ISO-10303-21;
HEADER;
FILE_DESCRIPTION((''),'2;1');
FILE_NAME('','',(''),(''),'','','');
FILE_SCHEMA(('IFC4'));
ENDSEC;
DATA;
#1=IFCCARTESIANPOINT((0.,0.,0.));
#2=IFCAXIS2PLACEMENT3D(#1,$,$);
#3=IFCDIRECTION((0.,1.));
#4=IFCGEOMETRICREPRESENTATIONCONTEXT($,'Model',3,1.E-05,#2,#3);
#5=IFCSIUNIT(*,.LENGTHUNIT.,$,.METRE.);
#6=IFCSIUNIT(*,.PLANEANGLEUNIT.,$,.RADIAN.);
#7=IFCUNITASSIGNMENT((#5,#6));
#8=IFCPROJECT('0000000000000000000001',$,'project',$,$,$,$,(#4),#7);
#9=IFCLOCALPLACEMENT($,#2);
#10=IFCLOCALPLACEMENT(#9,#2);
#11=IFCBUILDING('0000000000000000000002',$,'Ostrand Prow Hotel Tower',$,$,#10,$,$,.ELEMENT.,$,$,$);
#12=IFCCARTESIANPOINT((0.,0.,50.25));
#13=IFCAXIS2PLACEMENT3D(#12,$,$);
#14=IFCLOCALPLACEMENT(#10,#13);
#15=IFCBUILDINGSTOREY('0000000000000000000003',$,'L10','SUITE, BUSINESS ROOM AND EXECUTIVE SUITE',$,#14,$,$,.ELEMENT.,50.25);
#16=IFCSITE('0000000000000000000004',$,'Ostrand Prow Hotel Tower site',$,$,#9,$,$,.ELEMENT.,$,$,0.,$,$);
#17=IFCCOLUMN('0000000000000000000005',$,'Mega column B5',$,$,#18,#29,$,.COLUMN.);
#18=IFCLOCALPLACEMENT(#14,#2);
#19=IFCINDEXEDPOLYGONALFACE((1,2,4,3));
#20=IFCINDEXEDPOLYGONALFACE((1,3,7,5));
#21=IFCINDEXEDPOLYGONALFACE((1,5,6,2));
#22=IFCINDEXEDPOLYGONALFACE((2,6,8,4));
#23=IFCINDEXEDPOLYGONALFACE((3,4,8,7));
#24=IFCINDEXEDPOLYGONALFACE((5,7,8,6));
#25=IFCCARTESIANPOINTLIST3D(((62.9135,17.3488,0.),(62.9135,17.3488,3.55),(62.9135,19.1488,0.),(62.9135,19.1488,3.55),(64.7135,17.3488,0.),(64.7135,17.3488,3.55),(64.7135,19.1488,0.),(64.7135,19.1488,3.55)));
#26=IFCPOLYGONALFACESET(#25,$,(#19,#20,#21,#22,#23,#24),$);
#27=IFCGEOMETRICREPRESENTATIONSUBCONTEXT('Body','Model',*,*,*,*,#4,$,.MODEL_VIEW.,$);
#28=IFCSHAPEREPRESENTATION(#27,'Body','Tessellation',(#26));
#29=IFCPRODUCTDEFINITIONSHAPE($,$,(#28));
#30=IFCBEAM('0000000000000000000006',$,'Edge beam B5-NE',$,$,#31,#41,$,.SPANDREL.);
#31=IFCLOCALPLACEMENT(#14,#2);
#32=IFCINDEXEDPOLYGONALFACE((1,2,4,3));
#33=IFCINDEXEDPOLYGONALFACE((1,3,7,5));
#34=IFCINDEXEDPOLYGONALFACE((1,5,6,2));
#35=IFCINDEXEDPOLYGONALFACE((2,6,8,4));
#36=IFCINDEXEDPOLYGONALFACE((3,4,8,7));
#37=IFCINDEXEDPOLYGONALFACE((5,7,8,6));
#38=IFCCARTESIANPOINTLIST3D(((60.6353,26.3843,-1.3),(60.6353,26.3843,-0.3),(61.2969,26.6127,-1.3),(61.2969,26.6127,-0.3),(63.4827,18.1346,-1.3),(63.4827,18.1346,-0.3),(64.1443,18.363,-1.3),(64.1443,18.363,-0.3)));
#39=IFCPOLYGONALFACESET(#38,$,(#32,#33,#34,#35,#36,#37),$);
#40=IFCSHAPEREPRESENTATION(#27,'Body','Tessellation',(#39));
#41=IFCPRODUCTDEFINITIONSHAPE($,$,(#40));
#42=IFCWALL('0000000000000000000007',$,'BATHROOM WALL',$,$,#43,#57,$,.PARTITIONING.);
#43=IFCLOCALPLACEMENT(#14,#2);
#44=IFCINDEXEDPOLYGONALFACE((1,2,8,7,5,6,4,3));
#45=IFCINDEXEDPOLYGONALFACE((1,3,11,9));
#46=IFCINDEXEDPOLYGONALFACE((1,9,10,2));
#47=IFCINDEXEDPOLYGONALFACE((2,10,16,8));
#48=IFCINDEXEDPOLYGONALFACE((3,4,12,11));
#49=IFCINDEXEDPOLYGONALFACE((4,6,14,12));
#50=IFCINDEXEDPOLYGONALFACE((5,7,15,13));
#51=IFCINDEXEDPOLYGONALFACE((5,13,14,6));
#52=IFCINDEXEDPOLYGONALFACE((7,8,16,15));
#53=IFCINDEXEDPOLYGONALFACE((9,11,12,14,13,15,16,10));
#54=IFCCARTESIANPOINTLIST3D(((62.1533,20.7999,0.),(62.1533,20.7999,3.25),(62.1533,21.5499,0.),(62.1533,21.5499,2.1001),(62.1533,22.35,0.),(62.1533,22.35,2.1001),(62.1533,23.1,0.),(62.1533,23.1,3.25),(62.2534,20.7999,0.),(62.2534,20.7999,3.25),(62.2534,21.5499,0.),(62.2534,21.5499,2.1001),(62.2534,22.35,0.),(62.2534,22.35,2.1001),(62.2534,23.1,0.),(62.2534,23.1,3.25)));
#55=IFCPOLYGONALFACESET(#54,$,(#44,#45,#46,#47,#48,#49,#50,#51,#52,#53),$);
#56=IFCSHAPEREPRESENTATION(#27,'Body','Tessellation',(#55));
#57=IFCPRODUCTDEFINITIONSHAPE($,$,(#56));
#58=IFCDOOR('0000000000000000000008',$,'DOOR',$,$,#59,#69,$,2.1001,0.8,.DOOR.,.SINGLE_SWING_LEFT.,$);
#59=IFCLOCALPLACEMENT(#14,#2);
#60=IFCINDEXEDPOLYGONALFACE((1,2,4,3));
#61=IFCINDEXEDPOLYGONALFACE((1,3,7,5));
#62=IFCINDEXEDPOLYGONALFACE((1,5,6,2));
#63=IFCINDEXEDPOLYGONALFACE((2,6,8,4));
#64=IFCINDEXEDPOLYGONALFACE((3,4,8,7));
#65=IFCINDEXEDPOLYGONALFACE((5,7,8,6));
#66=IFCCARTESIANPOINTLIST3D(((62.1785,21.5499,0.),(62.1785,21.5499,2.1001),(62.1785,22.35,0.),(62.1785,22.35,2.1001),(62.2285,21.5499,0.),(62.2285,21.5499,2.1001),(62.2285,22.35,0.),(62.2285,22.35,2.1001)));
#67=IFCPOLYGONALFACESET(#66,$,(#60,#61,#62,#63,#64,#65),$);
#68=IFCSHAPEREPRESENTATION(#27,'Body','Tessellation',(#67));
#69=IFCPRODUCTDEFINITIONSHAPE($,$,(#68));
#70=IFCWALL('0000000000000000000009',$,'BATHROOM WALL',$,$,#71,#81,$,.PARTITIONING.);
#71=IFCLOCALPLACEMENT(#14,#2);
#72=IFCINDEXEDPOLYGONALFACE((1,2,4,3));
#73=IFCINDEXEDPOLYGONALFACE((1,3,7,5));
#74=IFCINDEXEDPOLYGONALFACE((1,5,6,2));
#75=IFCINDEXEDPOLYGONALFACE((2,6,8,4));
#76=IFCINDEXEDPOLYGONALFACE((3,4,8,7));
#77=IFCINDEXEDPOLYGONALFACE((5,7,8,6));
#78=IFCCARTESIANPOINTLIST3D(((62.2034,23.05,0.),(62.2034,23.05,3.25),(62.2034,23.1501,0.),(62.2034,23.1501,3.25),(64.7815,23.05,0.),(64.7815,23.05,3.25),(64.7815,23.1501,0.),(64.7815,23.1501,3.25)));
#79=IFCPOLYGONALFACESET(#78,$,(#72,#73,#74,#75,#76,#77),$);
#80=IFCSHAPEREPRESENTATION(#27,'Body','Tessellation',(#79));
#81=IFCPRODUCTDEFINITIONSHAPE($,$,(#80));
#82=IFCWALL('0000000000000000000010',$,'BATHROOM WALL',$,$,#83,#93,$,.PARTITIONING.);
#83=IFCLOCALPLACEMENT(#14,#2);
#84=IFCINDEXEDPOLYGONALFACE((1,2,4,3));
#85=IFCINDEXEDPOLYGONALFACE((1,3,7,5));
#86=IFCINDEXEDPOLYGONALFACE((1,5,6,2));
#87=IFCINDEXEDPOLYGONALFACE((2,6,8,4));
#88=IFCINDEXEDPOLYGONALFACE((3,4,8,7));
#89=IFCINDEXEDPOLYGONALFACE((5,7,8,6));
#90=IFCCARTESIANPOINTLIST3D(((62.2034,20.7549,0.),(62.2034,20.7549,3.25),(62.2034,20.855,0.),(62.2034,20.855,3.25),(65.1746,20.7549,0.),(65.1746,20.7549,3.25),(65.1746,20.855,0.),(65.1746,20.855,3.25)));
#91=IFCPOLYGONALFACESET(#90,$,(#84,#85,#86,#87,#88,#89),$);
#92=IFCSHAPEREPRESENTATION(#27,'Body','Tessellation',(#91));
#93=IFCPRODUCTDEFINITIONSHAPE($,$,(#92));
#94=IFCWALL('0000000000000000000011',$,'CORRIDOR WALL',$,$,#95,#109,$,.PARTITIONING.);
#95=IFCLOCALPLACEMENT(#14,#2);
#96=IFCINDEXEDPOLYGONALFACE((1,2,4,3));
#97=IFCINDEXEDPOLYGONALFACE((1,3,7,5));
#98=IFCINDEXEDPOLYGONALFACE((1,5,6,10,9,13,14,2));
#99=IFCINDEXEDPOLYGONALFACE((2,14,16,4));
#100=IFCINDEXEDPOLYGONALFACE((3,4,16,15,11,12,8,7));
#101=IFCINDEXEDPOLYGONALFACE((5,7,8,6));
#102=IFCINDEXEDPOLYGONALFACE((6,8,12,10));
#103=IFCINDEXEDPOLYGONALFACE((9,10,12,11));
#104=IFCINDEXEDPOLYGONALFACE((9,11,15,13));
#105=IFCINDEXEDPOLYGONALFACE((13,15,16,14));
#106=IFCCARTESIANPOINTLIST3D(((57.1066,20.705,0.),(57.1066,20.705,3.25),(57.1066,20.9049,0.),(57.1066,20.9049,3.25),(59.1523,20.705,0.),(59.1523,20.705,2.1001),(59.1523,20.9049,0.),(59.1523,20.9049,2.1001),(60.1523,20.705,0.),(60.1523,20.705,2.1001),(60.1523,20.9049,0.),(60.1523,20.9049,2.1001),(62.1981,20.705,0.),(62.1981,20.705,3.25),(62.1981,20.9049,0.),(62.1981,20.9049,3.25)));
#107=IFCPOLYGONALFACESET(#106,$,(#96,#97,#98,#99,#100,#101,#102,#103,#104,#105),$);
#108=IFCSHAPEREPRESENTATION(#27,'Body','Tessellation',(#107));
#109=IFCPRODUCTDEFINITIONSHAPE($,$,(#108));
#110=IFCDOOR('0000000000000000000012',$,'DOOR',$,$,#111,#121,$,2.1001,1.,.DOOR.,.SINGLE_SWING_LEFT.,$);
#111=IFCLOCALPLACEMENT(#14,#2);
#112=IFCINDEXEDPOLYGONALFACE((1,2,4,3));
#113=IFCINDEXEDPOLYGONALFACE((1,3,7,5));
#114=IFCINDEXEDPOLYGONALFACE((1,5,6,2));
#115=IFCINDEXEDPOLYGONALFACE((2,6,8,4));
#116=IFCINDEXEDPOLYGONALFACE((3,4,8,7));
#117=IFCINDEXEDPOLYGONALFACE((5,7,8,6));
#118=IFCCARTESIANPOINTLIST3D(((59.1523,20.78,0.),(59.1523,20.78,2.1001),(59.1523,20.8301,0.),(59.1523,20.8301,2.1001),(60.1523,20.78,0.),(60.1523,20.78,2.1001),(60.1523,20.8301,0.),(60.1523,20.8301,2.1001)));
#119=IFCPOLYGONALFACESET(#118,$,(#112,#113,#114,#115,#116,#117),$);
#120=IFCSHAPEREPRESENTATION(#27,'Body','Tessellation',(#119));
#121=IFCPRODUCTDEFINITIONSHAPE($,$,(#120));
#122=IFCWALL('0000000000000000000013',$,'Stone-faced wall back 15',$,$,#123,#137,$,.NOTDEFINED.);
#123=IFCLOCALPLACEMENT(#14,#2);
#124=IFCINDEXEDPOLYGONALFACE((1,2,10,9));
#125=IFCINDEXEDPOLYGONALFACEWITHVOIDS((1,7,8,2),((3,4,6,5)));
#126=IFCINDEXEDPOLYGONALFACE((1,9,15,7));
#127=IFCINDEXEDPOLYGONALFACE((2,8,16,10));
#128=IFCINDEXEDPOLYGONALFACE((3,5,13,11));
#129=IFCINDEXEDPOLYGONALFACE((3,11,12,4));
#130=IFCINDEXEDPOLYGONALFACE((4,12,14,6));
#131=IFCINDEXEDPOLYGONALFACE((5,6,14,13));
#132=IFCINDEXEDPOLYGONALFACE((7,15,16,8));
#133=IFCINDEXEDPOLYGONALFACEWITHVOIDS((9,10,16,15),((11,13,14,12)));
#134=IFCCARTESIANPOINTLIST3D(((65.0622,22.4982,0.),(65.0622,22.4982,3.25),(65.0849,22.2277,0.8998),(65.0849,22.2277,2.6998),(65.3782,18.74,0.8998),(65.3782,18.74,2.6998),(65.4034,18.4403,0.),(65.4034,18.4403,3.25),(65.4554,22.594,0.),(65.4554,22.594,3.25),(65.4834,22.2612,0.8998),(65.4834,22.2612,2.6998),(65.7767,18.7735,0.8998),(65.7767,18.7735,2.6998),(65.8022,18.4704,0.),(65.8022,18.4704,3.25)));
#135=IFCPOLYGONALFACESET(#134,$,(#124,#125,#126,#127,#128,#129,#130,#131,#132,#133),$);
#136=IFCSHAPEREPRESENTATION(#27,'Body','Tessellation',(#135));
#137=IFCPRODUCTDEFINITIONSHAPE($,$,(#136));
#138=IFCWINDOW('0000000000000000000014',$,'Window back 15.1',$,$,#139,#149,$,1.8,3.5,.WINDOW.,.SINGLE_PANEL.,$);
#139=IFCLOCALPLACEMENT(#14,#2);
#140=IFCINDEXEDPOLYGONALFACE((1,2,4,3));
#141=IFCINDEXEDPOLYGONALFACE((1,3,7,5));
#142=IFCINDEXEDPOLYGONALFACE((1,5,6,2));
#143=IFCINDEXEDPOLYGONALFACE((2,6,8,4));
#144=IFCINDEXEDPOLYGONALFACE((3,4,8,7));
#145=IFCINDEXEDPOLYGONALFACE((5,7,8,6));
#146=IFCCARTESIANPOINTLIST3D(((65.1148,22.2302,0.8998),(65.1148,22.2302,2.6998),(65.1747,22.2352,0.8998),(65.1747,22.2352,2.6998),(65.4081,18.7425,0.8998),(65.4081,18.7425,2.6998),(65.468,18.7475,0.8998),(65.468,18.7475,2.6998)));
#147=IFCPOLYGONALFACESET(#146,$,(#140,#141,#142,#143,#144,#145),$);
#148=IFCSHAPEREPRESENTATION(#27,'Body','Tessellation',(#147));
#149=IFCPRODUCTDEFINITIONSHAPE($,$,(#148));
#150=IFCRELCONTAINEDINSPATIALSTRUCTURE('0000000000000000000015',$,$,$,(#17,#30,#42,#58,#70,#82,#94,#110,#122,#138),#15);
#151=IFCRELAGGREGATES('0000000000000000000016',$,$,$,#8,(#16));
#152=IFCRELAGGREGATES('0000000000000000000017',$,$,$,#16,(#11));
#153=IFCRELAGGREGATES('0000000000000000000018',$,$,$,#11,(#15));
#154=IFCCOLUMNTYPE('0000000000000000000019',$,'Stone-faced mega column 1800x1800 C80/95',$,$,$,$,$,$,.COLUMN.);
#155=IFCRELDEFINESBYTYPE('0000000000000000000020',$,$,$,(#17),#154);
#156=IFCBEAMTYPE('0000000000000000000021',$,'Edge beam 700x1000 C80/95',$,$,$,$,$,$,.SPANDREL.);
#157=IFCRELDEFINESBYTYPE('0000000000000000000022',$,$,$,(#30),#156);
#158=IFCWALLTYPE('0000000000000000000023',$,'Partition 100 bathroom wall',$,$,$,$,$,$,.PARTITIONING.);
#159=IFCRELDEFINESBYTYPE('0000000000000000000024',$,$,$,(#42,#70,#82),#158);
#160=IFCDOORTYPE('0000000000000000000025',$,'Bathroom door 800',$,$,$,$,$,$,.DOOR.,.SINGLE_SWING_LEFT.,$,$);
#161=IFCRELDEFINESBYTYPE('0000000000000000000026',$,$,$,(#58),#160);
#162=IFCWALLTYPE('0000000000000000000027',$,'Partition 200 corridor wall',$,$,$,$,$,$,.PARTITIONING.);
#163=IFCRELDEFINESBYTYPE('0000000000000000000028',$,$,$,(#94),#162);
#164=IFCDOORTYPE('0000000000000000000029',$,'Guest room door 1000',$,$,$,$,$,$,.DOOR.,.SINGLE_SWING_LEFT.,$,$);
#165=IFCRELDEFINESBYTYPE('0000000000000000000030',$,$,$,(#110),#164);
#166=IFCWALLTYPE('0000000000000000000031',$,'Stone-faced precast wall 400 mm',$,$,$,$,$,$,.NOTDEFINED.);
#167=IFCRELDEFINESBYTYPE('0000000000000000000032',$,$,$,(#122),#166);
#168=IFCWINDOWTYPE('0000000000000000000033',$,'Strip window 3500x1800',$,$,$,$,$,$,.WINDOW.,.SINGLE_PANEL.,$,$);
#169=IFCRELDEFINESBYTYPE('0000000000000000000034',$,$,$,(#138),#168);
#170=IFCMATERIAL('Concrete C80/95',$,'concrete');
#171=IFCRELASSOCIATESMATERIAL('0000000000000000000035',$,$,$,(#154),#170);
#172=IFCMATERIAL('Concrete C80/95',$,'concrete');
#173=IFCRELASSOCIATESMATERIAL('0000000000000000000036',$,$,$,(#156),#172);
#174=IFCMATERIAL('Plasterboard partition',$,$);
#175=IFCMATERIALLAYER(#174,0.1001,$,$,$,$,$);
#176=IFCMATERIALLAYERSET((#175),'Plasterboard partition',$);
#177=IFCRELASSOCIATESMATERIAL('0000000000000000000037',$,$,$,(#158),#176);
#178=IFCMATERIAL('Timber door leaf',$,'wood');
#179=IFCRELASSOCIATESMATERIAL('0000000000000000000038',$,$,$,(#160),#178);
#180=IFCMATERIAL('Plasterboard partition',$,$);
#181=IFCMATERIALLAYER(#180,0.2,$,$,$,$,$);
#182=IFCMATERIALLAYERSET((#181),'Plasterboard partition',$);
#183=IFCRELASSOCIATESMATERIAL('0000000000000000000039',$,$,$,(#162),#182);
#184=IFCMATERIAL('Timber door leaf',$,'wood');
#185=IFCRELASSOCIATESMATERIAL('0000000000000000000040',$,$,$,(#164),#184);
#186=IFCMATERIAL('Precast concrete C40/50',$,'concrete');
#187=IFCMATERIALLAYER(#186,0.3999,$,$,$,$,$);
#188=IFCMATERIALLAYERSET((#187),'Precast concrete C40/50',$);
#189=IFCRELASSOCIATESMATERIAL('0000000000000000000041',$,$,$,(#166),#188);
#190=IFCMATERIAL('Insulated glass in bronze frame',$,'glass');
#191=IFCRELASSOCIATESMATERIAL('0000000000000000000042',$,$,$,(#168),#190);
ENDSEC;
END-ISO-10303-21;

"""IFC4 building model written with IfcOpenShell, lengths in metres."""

from ifc_helpers import new_model, si_unit, direction, frame, frame_2d, origin, origin_2d, place, context, subcontext, project, spatial, polyline, rectangle, outline, extrude, material, layer, layer_set, material_profile, profile_set, type_object, element, fill, save


model = new_model("IFC4")

# Units and contexts
model_context = context("Model", 3, precision=1e-05, world=origin(), true_north=direction((0.0, 1.0)))
body_context = subcontext(model_context, "Body", "Model", "MODEL_VIEW")
ifc_project = project(units=[si_unit("LENGTHUNIT", "METRE"), si_unit("PLANEANGLEUNIT", "RADIAN")], contexts=[model_context])

# Site, building, storey
site_placement = place(None, origin())
site = spatial("IfcSite", under=ifc_project, at=site_placement, Name="Ostrand Prow Hotel Tower site", CompositionType="ELEMENT", RefElevation=0.0)
building_placement = place(site_placement, origin())
building = spatial("IfcBuilding", under=site, at=building_placement, Name="Ostrand Prow Hotel Tower", CompositionType="ELEMENT")
storey_placement = place(building_placement, frame((0.0, 0.0, 50.25)))
storey = spatial("IfcBuildingStorey", under=building, at=storey_placement, Name="L10", Description="SUITE, BUSINESS ROOM AND EXECUTIVE SUITE", CompositionType="ELEMENT", Elevation=50.25)

# Column
ifc_material_1 = material(Name="Concrete C80/95", Category="concrete")
ifc_material_profile_1 = material_profile(ifc_material_1, rectangle(XDim=1.8, YDim=1.8, at=origin_2d()), Name="RC 1800x1800")
ifc_profile_set_1 = profile_set([ifc_material_profile_1], Name="Concrete C80/95")
column_type = type_object("IfcColumnType", Name="Stone-faced mega column 1800x1800 C80/95", PredefinedType="COLUMN", material=ifc_profile_set_1)
column_placement = place(storey_placement, frame((63.8135, 18.2488, 0.0), z_axis=(0.0, 0.0, 1.0), x_axis=(1.0, 0.0, 0.0)))
element("IfcColumn", 1, at=column_placement, inside=storey, type_object=column_type, Name="Mega column B5", PredefinedType="COLUMN", context=body_context, shape_type="SweptSolid", body=[
    extrude(rectangle(XDim=1.8, YDim=1.8, at=origin_2d()), origin(), (0.0, 0.0, 1.0), 3.55),
])

# Beam
ifc_material_2 = material(Name="Concrete C80/95", Category="concrete")
ifc_material_profile_2 = material_profile(ifc_material_2, rectangle(XDim=0.7, YDim=1.0, at=origin_2d()), Name="RC 700x1000")
ifc_profile_set_2 = profile_set([ifc_material_profile_2], Name="Concrete C80/95")
beam_type = type_object("IfcBeamType", Name="Edge beam 700x1000 C80/95", PredefinedType="SPANDREL", material=ifc_profile_set_2)
beam_placement = place(storey_placement, frame((63.8135, 18.2488, -0.8), z_axis=(-0.326264, 0.945279, 0.0), x_axis=(-0.945279, -0.326264, 0.0)))
element("IfcBeam", 2, at=beam_placement, inside=storey, type_object=beam_type, Name="Edge beam B5-NE", PredefinedType="SPANDREL", context=body_context, shape_type="SweptSolid", body=[
    extrude(rectangle(XDim=0.7, YDim=1.0, at=origin_2d()), origin(), (0.0, 0.0, 1.0), 8.7273),
])

# Wall, opening, door
ifc_material_3 = material(Name="Plasterboard partition")
ifc_layer_1 = layer(ifc_material_3, 0.1001)
ifc_layer_set_1 = layer_set([ifc_layer_1], Name="Plasterboard partition")
wall_type_1 = type_object("IfcWallType", Name="Partition 100 bathroom wall", PredefinedType="PARTITIONING", material=ifc_layer_set_1)
wall_1_placement = place(storey_placement, frame((62.2034, 20.8, 0.0), z_axis=(0.0, 0.0, 1.0), x_axis=(0.0, 1.0, 0.0)))
wall_1 = element("IfcWall", 3, at=wall_1_placement, inside=storey, type_object=wall_type_1, Name="BATHROOM WALL", PredefinedType="PARTITIONING", context=body_context, shape_type="SweptSolid", body=[
    extrude(rectangle(XDim=2.3, YDim=0.1001, at=frame_2d((1.1499, 0.0))), origin(), (0.0, 0.0, 1.0), 3.25),
])
opening_1_placement = place(wall_1_placement, frame((0.75, 0.0, 0.0)))
opening_1 = element("IfcOpeningElement", 4, at=opening_1_placement, cuts=wall_1, PredefinedType="OPENING", context=body_context, shape_type="SweptSolid", body=[
    extrude(rectangle(XDim=0.8, YDim=2.1001, at=frame_2d((0.3999, 1.05))), frame((0.0, 0.0601, 0.0), z_axis=(0.0, -1.0, 0.0), x_axis=(1.0, 0.0, 0.0)), (0.0, 0.0, 1.0), 0.1201),
])
ifc_material_4 = material(Name="Timber door leaf", Category="wood")
door_type_1 = type_object("IfcDoorType", Name="Bathroom door 800", OperationType="SINGLE_SWING_LEFT", PredefinedType="DOOR", material=ifc_material_4)
door_1_placement = place(opening_1_placement, origin())
door_1 = element("IfcDoor", 5, at=door_1_placement, inside=storey, type_object=door_type_1, Name="DOOR", OperationType="SINGLE_SWING_LEFT", OverallHeight=2.1001, OverallWidth=0.8, PredefinedType="DOOR", context=body_context, shape_type="SweptSolid", body=[
    extrude(rectangle(XDim=0.8, YDim=2.1001, at=frame_2d((0.3999, 1.05))), frame((0.0, 0.0249, 0.0), z_axis=(0.0, -1.0, 0.0), x_axis=(1.0, 0.0, 0.0)), (0.0, 0.0, 1.0), 0.05),
])
fill(opening_1, door_1)

# Walls
wall_2_placement = place(storey_placement, frame((62.2034, 23.1001, 0.0), z_axis=(0.0, 0.0, 1.0), x_axis=(1.0, 0.0, 0.0)))
element("IfcWall", 6, at=wall_2_placement, inside=storey, type_object=wall_type_1, Name="BATHROOM WALL", PredefinedType="PARTITIONING", context=body_context, shape_type="SweptSolid", body=[
    extrude(rectangle(XDim=2.5781, YDim=0.1001, at=frame_2d((1.2891, 0.0))), origin(), (0.0, 0.0, 1.0), 3.25),
])
wall_3_placement = place(storey_placement, frame((65.1746, 20.8049, 0.0), z_axis=(0.0, 0.0, 1.0), x_axis=(-1.0, 0.0, 0.0)))
element("IfcWall", 7, at=wall_3_placement, inside=storey, type_object=wall_type_1, Name="BATHROOM WALL", PredefinedType="PARTITIONING", context=body_context, shape_type="SweptSolid", body=[
    extrude(rectangle(XDim=2.9712, YDim=0.1001, at=frame_2d((1.4856, 0.0))), origin(), (0.0, 0.0, 1.0), 3.25),
])

# Wall, opening, door
ifc_material_5 = material(Name="Plasterboard partition")
ifc_layer_2 = layer(ifc_material_5, 0.2)
ifc_layer_set_2 = layer_set([ifc_layer_2], Name="Plasterboard partition")
wall_type_2 = type_object("IfcWallType", Name="Partition 200 corridor wall", PredefinedType="PARTITIONING", material=ifc_layer_set_2)
wall_4_placement = place(storey_placement, frame((62.1982, 20.8049, 0.0), z_axis=(0.0, 0.0, 1.0), x_axis=(-1.0, 0.0, 0.0)))
wall_4 = element("IfcWall", 8, at=wall_4_placement, inside=storey, type_object=wall_type_2, Name="CORRIDOR WALL", PredefinedType="PARTITIONING", context=body_context, shape_type="SweptSolid", body=[
    extrude(rectangle(XDim=5.0916, YDim=0.2, at=frame_2d((2.5459, 0.0))), origin(), (0.0, 0.0, 1.0), 3.25),
])
opening_2_placement = place(wall_4_placement, frame((2.0459, 0.0, 0.0)))
opening_2 = element("IfcOpeningElement", 9, at=opening_2_placement, cuts=wall_4, PredefinedType="OPENING", context=body_context, shape_type="SweptSolid", body=[
    extrude(rectangle(XDim=1.0, YDim=2.1001, at=frame_2d((0.5, 1.05))), frame((0.0, 0.1099, 0.0), z_axis=(0.0, -1.0, 0.0), x_axis=(1.0, 0.0, 0.0)), (0.0, 0.0, 1.0), 0.22),
])
ifc_material_6 = material(Name="Timber door leaf", Category="wood")
door_type_2 = type_object("IfcDoorType", Name="Guest room door 1000", OperationType="SINGLE_SWING_LEFT", PredefinedType="DOOR", material=ifc_material_6)
door_2_placement = place(opening_2_placement, origin())
door_2 = element("IfcDoor", 10, at=door_2_placement, inside=storey, type_object=door_type_2, Name="DOOR", OperationType="SINGLE_SWING_LEFT", OverallHeight=2.1001, OverallWidth=1.0, PredefinedType="DOOR", context=body_context, shape_type="SweptSolid", body=[
    extrude(rectangle(XDim=1.0, YDim=2.1001, at=frame_2d((0.5, 1.05))), frame((0.0, 0.0249, 0.0), z_axis=(0.0, -1.0, 0.0), x_axis=(1.0, 0.0, 0.0)), (0.0, 0.0, 1.0), 0.05),
])
fill(opening_2, door_2)

# Wall, opening, window
ifc_material_7 = material(Name="Precast concrete C40/50", Category="concrete")
ifc_layer_3 = layer(ifc_material_7, 0.3999)
ifc_layer_set_3 = layer_set([ifc_layer_3], Name="Precast concrete C40/50")
wall_type_3 = type_object("IfcWallType", Name="Stone-faced precast wall 400 mm", PredefinedType="NOTDEFINED", material=ifc_layer_set_3)
wall_5_placement = place(storey_placement, frame((65.6028, 18.4553, 0.0), z_axis=(0.0, 0.0, 1.0), x_axis=(-0.083794, 0.996483, 0.0)))
wall_5 = element("IfcWall", 11, at=wall_5_placement, inside=storey, type_object=wall_type_3, Name="Stone-faced wall back 15", PredefinedType="NOTDEFINED", context=body_context, shape_type="SweptSolid", body=[
    extrude(outline(polyline([(-0.0017, -0.2), (4.1365, -0.2), (4.074, 0.2), (0.0017, 0.2), (-0.0017, -0.2)])), origin(), (0.0, 0.0, 1.0), 3.25),
])
opening_3_placement = place(wall_5_placement, frame((0.3025, 0.0, 0.8999)))
opening_3 = element("IfcOpeningElement", 12, at=opening_3_placement, cuts=wall_5, PredefinedType="OPENING", context=body_context, shape_type="SweptSolid", body=[
    extrude(rectangle(XDim=3.5, YDim=1.8, at=frame_2d((1.75, 0.8999))), frame((0.0, 0.21, 0.0), z_axis=(0.0, -1.0, 0.0), x_axis=(1.0, 0.0, 0.0)), (0.0, 0.0, 1.0), 0.4199),
])
ifc_material_8 = material(Name="Insulated glass in bronze frame", Category="glass")
window_type_1 = type_object("IfcWindowType", Name="Strip window 3500x1800", PartitioningType="SINGLE_PANEL", PredefinedType="WINDOW", material=ifc_material_8)
window_1_placement = place(opening_3_placement, origin())
window_1 = element("IfcWindow", 13, at=window_1_placement, inside=storey, type_object=window_type_1, Name="Window back 15.1", OverallHeight=1.8, OverallWidth=3.5, PartitioningType="SINGLE_PANEL", PredefinedType="WINDOW", context=body_context, shape_type="SweptSolid", body=[
    extrude(rectangle(XDim=3.5, YDim=1.8, at=frame_2d((1.75, 0.8999))), frame((0.0, 0.1699, 0.0), z_axis=(0.0, -1.0, 0.0), x_axis=(1.0, 0.0, 0.0)), (0.0, 0.0, 1.0), 0.0601),
])
fill(opening_3, window_1)

save(model, "model.ifc")
